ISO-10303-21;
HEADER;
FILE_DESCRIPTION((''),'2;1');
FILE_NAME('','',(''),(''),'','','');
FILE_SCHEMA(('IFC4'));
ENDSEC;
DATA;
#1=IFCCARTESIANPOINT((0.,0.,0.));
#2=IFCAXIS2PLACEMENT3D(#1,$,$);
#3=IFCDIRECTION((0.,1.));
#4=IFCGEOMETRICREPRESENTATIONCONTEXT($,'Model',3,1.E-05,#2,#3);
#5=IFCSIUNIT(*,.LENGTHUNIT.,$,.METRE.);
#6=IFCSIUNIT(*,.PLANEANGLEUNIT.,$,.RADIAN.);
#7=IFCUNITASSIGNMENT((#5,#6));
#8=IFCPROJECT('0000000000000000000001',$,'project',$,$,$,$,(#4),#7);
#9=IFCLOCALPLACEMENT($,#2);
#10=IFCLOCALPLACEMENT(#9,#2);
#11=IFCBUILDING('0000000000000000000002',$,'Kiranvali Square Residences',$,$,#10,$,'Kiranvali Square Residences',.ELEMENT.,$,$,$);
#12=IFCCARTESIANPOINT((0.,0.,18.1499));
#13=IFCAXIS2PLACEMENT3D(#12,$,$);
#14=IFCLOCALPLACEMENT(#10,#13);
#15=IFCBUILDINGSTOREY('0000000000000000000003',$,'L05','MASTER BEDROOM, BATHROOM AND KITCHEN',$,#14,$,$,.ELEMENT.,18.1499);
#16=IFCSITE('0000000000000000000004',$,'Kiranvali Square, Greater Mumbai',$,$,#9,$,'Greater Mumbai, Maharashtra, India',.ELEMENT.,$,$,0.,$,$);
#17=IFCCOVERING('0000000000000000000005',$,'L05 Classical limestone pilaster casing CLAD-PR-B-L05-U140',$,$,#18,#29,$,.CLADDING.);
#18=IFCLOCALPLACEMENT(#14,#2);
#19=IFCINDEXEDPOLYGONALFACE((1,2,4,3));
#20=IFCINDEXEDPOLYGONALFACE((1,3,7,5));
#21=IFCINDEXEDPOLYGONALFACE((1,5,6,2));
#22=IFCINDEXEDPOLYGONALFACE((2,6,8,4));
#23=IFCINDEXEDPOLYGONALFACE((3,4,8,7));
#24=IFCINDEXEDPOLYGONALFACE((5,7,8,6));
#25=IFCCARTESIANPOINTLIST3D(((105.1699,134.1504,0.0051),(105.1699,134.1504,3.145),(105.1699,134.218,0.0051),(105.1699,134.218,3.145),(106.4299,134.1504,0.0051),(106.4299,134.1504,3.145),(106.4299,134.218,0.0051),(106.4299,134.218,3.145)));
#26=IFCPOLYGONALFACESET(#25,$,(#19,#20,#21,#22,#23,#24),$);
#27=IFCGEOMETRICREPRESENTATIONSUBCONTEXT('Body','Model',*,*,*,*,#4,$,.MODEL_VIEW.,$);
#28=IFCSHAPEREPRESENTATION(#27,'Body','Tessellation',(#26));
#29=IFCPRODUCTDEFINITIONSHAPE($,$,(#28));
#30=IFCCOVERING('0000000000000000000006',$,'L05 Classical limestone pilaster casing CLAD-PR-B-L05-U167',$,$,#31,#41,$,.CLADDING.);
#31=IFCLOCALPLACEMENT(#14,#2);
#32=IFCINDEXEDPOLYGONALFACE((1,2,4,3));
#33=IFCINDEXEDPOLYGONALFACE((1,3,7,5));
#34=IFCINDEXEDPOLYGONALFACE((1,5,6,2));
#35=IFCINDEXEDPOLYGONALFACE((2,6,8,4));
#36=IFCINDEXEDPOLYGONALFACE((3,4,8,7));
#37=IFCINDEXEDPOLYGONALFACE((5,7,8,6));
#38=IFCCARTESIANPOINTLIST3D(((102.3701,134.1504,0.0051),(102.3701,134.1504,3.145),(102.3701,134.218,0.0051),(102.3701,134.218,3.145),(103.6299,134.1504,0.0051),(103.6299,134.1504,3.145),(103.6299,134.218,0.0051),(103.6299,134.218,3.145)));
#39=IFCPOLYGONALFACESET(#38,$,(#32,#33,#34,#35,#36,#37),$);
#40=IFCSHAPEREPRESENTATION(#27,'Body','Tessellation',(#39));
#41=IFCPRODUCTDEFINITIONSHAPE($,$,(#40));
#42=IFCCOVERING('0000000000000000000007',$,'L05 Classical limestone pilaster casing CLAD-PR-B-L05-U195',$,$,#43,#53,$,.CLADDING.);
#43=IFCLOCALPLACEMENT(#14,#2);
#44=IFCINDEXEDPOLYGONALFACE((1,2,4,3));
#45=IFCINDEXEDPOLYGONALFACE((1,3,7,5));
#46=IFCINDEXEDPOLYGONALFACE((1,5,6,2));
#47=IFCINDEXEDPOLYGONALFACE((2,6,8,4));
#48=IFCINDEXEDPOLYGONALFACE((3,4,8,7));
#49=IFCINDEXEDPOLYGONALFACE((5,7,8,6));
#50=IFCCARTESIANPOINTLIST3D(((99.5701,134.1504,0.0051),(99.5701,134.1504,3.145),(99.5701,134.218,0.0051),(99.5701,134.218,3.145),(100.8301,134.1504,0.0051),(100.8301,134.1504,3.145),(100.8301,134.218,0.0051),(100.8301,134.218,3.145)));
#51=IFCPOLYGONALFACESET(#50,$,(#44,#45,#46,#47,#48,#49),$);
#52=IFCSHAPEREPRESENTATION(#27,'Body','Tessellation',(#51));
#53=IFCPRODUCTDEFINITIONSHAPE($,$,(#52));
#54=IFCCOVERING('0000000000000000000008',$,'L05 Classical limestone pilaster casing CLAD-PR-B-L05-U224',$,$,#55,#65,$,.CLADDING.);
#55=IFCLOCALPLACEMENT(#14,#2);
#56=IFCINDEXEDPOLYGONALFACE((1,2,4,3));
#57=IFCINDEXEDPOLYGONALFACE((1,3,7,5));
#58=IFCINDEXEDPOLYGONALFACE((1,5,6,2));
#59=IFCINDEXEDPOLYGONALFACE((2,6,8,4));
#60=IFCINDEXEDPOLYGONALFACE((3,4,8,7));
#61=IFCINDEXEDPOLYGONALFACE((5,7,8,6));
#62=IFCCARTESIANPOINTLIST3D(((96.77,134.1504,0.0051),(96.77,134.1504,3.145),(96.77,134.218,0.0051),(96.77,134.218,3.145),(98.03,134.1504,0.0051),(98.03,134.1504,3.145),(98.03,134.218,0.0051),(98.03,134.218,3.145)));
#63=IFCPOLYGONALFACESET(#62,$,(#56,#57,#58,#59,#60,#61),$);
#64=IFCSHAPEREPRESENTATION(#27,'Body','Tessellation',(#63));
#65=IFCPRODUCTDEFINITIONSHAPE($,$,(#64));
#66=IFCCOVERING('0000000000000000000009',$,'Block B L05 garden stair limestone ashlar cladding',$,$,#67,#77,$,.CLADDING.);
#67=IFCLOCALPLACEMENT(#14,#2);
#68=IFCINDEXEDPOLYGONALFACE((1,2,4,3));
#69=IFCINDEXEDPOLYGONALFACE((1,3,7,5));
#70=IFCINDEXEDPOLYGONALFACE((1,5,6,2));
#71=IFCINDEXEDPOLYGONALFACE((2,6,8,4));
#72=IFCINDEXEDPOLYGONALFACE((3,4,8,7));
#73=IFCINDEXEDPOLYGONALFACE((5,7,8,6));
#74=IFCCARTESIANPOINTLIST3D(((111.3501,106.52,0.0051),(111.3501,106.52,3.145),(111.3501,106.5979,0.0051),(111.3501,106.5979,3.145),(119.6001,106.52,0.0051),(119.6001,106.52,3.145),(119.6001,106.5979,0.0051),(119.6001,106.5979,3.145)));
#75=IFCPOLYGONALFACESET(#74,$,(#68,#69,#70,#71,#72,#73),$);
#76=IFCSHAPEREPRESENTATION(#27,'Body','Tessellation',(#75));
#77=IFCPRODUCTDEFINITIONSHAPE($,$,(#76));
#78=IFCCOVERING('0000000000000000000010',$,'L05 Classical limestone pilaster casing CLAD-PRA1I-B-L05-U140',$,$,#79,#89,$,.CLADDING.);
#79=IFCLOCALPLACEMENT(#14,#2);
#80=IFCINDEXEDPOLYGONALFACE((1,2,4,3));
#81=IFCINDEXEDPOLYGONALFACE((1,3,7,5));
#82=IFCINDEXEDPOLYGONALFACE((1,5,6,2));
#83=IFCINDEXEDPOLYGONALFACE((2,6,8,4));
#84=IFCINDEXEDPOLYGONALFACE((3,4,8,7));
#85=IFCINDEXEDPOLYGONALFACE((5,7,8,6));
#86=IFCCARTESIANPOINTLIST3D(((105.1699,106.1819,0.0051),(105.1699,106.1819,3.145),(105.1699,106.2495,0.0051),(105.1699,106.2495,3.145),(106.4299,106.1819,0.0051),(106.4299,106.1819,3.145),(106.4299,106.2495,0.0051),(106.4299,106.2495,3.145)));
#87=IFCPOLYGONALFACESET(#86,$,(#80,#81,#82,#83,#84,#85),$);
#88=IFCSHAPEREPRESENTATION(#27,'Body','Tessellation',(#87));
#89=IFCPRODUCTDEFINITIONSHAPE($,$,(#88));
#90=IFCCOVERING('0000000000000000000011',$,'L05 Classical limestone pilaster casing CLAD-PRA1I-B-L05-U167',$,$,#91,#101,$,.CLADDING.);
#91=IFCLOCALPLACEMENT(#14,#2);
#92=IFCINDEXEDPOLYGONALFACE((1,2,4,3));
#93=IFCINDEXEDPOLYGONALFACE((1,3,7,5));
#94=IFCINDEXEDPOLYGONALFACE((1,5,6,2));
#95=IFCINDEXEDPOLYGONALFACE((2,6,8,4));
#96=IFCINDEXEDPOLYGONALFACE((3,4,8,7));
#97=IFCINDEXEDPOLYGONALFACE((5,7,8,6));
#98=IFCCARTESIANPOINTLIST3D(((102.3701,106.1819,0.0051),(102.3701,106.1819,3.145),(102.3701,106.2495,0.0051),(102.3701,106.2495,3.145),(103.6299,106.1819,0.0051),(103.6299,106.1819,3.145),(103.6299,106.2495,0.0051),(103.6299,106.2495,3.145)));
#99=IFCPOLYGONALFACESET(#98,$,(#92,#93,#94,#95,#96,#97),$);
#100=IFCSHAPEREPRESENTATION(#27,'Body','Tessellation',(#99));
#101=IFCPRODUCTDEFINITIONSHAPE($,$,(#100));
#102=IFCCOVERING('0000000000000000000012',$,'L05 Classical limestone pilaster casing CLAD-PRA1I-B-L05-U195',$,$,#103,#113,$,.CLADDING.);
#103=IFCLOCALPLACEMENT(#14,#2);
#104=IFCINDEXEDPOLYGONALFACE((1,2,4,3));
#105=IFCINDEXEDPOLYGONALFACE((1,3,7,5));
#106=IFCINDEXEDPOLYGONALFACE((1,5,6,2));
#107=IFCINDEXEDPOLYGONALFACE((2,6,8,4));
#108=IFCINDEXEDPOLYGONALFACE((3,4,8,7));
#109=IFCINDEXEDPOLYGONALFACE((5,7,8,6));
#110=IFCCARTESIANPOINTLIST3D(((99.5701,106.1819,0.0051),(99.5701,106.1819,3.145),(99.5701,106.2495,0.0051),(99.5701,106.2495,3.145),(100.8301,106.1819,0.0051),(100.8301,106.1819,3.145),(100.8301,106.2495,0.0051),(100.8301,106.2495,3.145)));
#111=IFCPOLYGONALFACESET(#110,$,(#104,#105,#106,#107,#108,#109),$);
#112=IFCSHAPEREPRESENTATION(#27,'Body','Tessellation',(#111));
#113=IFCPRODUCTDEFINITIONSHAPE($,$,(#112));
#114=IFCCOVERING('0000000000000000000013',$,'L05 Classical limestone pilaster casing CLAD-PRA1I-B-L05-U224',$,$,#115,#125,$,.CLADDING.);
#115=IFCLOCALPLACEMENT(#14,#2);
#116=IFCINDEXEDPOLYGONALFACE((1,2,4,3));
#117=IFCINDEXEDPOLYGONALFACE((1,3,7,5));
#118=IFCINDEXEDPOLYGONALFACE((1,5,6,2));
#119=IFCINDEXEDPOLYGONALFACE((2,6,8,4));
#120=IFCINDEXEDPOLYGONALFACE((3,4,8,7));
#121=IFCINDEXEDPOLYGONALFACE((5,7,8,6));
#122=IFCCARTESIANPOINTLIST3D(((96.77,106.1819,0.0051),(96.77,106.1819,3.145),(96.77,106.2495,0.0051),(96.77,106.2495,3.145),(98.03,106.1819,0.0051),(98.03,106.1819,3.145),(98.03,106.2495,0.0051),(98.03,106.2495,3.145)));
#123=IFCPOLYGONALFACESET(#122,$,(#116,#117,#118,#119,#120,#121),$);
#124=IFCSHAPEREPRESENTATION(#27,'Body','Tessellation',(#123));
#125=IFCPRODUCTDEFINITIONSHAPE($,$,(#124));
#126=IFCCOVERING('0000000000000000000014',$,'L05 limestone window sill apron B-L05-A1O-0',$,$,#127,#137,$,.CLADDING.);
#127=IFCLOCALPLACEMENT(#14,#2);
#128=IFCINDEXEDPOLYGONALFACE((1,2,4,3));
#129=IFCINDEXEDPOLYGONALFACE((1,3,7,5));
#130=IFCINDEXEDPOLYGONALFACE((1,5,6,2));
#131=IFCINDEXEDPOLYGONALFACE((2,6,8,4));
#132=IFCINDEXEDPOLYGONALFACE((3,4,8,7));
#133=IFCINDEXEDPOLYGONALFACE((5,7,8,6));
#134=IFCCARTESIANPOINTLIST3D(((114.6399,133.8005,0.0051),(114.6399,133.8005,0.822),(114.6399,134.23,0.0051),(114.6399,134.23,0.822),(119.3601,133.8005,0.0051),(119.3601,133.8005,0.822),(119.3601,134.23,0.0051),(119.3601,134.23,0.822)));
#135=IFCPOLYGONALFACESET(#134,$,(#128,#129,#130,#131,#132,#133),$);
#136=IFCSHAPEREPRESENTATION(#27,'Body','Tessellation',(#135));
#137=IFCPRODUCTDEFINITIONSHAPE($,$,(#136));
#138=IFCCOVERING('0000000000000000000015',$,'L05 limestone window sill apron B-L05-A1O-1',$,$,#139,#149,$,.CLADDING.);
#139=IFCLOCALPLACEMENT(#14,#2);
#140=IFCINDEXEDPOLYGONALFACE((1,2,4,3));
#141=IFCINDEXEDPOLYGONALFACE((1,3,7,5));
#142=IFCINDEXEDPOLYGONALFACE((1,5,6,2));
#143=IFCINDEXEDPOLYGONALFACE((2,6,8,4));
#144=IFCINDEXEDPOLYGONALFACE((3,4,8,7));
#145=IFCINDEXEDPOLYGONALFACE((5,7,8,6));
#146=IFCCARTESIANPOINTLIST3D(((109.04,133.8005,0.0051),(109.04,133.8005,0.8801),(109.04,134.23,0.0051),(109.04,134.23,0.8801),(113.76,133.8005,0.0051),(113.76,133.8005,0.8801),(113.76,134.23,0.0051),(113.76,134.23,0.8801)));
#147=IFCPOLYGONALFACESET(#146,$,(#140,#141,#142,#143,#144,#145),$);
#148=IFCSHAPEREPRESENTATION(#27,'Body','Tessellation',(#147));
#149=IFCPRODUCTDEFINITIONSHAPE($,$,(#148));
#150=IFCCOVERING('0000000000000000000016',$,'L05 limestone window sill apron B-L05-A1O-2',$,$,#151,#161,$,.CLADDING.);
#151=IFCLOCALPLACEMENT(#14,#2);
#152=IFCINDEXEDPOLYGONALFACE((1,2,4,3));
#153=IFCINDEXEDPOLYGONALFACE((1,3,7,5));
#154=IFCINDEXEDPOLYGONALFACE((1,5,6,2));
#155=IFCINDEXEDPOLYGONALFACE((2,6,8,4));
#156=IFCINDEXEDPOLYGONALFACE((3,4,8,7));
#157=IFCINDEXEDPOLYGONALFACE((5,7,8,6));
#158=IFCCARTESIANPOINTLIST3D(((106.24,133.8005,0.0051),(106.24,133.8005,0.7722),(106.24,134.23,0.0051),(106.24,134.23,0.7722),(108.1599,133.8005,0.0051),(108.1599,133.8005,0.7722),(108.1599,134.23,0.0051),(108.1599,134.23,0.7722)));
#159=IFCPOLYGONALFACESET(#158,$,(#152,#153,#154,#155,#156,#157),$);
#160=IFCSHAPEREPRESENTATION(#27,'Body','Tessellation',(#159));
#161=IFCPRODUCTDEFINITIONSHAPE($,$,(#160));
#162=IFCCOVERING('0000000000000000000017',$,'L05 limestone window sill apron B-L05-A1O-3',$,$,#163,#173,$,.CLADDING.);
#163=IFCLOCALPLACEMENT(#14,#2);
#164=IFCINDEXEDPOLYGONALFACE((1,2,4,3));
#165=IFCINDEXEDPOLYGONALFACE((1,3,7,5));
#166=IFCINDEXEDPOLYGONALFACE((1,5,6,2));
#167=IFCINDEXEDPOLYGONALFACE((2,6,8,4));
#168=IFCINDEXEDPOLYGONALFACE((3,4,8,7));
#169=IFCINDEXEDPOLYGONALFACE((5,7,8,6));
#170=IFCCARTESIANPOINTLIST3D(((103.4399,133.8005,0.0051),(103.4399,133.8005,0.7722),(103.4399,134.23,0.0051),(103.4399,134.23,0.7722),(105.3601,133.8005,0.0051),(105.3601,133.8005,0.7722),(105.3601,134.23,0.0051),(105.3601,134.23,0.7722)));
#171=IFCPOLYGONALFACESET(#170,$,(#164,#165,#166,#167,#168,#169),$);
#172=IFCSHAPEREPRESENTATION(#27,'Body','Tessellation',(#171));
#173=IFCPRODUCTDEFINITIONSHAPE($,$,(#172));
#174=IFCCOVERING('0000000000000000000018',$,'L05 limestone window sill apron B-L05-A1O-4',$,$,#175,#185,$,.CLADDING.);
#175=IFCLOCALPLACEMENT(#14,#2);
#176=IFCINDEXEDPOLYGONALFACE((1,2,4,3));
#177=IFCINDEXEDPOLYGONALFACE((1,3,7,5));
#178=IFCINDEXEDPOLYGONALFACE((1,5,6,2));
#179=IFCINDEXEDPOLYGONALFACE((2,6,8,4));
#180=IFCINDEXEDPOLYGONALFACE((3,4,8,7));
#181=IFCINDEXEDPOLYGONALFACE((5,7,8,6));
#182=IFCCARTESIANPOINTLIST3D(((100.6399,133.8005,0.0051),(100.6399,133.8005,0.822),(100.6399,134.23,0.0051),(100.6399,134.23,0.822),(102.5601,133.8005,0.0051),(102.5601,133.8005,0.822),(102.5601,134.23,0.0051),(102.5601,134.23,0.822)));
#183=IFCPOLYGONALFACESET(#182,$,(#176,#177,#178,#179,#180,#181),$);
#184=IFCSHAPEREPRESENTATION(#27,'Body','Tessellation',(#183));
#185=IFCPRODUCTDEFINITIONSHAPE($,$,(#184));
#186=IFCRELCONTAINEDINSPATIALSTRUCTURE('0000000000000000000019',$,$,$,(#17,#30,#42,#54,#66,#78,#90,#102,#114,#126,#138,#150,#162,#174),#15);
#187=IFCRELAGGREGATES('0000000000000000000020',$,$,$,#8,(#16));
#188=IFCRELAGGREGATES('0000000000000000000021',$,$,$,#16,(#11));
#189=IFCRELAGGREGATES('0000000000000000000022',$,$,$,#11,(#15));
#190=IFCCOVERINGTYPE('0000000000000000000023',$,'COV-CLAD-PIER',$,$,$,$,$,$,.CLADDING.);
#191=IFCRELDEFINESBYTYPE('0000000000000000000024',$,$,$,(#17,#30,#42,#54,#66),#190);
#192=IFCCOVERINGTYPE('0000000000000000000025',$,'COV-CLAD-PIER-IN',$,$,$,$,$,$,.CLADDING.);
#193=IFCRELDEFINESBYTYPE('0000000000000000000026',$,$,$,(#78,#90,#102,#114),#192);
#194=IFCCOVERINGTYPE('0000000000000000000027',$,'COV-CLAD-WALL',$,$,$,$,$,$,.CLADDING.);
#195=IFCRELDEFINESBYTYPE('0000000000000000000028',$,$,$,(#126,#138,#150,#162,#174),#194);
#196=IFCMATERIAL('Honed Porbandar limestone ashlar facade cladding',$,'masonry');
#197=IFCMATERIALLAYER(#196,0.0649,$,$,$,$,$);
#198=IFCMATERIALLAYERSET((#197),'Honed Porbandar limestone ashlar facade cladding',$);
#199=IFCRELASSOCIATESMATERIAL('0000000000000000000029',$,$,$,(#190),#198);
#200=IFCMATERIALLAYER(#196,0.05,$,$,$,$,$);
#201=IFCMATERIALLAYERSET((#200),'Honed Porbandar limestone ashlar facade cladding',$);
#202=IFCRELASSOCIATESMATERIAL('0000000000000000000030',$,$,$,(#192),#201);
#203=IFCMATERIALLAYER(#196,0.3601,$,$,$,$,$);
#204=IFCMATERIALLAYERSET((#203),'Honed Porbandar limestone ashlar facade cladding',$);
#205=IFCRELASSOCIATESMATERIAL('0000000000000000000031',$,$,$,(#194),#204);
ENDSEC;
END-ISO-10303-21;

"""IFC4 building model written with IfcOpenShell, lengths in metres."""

from ifc_helpers import new_model, si_unit, direction, frame, origin, place, context, subcontext, project, spatial, polyline, outline, extrude, material, layer, layer_set, type_object, element, save


model = new_model("IFC4")

# Units and contexts
model_context = context("Model", 3, precision=1e-05, world=origin(), true_north=direction((0.0, 1.0)))
body_context = subcontext(model_context, "Body", "Model", "MODEL_VIEW")
ifc_project = project(units=[si_unit("LENGTHUNIT", "METRE"), si_unit("PLANEANGLEUNIT", "RADIAN")], contexts=[model_context])

# Site, building, storey
site_placement = place(None, origin())
site = spatial("IfcSite", under=ifc_project, at=site_placement, Name="Kiranvali Square, Greater Mumbai", LongName="Greater Mumbai, Maharashtra, India", CompositionType="ELEMENT", RefElevation=0.0)
building_placement = place(site_placement, origin())
building = spatial("IfcBuilding", under=site, at=building_placement, Name="Kiranvali Square Residences", LongName="Kiranvali Square Residences", CompositionType="ELEMENT")
storey_placement = place(building_placement, frame((0.0, 0.0, 18.1499)))
storey = spatial("IfcBuildingStorey", under=building, at=storey_placement, Name="L05", Description="MASTER BEDROOM, BATHROOM AND KITCHEN", CompositionType="ELEMENT", Elevation=18.1499)

# Coverings
ifc_material = material(Name="Honed Porbandar limestone ashlar facade cladding", Category="masonry")
ifc_layer_1 = layer(ifc_material, 0.0649)
ifc_layer_set_1 = layer_set([ifc_layer_1], Name="Honed Porbandar limestone ashlar facade cladding")
covering_type_1 = type_object("IfcCoveringType", Name="COV-CLAD-PIER", PredefinedType="CLADDING", material=ifc_layer_set_1)
covering_1_placement = place(storey_placement, frame((0.0, 0.0, 0.0051)))
element("IfcCovering", 1, at=covering_1_placement, inside=storey, type_object=covering_type_1, Name="L05 Classical limestone pilaster casing CLAD-PR-B-L05-U140", PredefinedType="CLADDING", context=body_context, shape_type="SweptSolid", body=[
    extrude(outline(polyline([(106.4299, 134.218), (105.1699, 134.218), (105.1699, 134.1504), (106.4299, 134.1504), (106.4299, 134.218)])), origin(), (0.0, 0.0, 1.0), 3.1399),
])
covering_2_placement = place(storey_placement, frame((0.0, 0.0, 0.0051)))
element("IfcCovering", 2, at=covering_2_placement, inside=storey, type_object=covering_type_1, Name="L05 Classical limestone pilaster casing CLAD-PR-B-L05-U167", PredefinedType="CLADDING", context=body_context, shape_type="SweptSolid", body=[
    extrude(outline(polyline([(103.6299, 134.218), (102.3701, 134.218), (102.3701, 134.1504), (103.6299, 134.1504), (103.6299, 134.218)])), origin(), (0.0, 0.0, 1.0), 3.1399),
])
covering_3_placement = place(storey_placement, frame((0.0, 0.0, 0.0051)))
element("IfcCovering", 3, at=covering_3_placement, inside=storey, type_object=covering_type_1, Name="L05 Classical limestone pilaster casing CLAD-PR-B-L05-U195", PredefinedType="CLADDING", context=body_context, shape_type="SweptSolid", body=[
    extrude(outline(polyline([(100.8301, 134.218), (99.5701, 134.218), (99.5701, 134.1504), (100.8301, 134.1504), (100.8301, 134.218)])), origin(), (0.0, 0.0, 1.0), 3.1399),
])
covering_4_placement = place(storey_placement, frame((0.0, 0.0, 0.0051)))
element("IfcCovering", 4, at=covering_4_placement, inside=storey, type_object=covering_type_1, Name="L05 Classical limestone pilaster casing CLAD-PR-B-L05-U224", PredefinedType="CLADDING", context=body_context, shape_type="SweptSolid", body=[
    extrude(outline(polyline([(98.03, 134.218), (96.77, 134.218), (96.77, 134.1504), (98.03, 134.1504), (98.03, 134.218)])), origin(), (0.0, 0.0, 1.0), 3.1399),
])
covering_5_placement = place(storey_placement, frame((0.0, 0.0, 0.0051)))
element("IfcCovering", 5, at=covering_5_placement, inside=storey, type_object=covering_type_1, Name="Block B L05 garden stair limestone ashlar cladding", PredefinedType="CLADDING", context=body_context, shape_type="SweptSolid", body=[
    extrude(outline(polyline([(119.6001, 106.5979), (111.3501, 106.5979), (111.3501, 106.52), (119.6001, 106.52), (119.6001, 106.5979)])), origin(), (0.0, 0.0, 1.0), 3.1399),
])
ifc_layer_2 = layer(ifc_material, 0.05)
ifc_layer_set_2 = layer_set([ifc_layer_2], Name="Honed Porbandar limestone ashlar facade cladding")
covering_type_2 = type_object("IfcCoveringType", Name="COV-CLAD-PIER-IN", PredefinedType="CLADDING", material=ifc_layer_set_2)
covering_6_placement = place(storey_placement, frame((0.0, 0.0, 0.0051)))
element("IfcCovering", 6, at=covering_6_placement, inside=storey, type_object=covering_type_2, Name="L05 Classical limestone pilaster casing CLAD-PRA1I-B-L05-U140", PredefinedType="CLADDING", context=body_context, shape_type="SweptSolid", body=[
    extrude(outline(polyline([(106.4299, 106.2495), (105.1699, 106.2495), (105.1699, 106.1819), (106.4299, 106.1819), (106.4299, 106.2495)])), origin(), (0.0, 0.0, 1.0), 3.1399),
])
covering_7_placement = place(storey_placement, frame((0.0, 0.0, 0.0051)))
element("IfcCovering", 7, at=covering_7_placement, inside=storey, type_object=covering_type_2, Name="L05 Classical limestone pilaster casing CLAD-PRA1I-B-L05-U167", PredefinedType="CLADDING", context=body_context, shape_type="SweptSolid", body=[
    extrude(outline(polyline([(103.6299, 106.2495), (102.3701, 106.2495), (102.3701, 106.1819), (103.6299, 106.1819), (103.6299, 106.2495)])), origin(), (0.0, 0.0, 1.0), 3.1399),
])
covering_8_placement = place(storey_placement, frame((0.0, 0.0, 0.0051)))
element("IfcCovering", 8, at=covering_8_placement, inside=storey, type_object=covering_type_2, Name="L05 Classical limestone pilaster casing CLAD-PRA1I-B-L05-U195", PredefinedType="CLADDING", context=body_context, shape_type="SweptSolid", body=[
    extrude(outline(polyline([(100.8301, 106.2495), (99.5701, 106.2495), (99.5701, 106.1819), (100.8301, 106.1819), (100.8301, 106.2495)])), origin(), (0.0, 0.0, 1.0), 3.1399),
])
covering_9_placement = place(storey_placement, frame((0.0, 0.0, 0.0051)))
element("IfcCovering", 9, at=covering_9_placement, inside=storey, type_object=covering_type_2, Name="L05 Classical limestone pilaster casing CLAD-PRA1I-B-L05-U224", PredefinedType="CLADDING", context=body_context, shape_type="SweptSolid", body=[
    extrude(outline(polyline([(98.03, 106.2495), (96.77, 106.2495), (96.77, 106.1819), (98.03, 106.1819), (98.03, 106.2495)])), origin(), (0.0, 0.0, 1.0), 3.1399),
])
ifc_layer_3 = layer(ifc_material, 0.3601)
ifc_layer_set_3 = layer_set([ifc_layer_3], Name="Honed Porbandar limestone ashlar facade cladding")
covering_type_3 = type_object("IfcCoveringType", Name="COV-CLAD-WALL", PredefinedType="CLADDING", material=ifc_layer_set_3)
covering_10_placement = place(storey_placement, frame((0.0, 0.0, 0.0051)))
element("IfcCovering", 10, at=covering_10_placement, inside=storey, type_object=covering_type_3, Name="L05 limestone window sill apron B-L05-A1O-0", PredefinedType="CLADDING", context=body_context, shape_type="SweptSolid", body=[
    extrude(outline(polyline([(119.3601, 134.23), (114.6399, 134.23), (114.6399, 133.8005), (119.3601, 133.8005), (119.3601, 134.23)])), origin(), (0.0, 0.0, 1.0), 0.8169),
])
covering_11_placement = place(storey_placement, frame((0.0, 0.0, 0.0051)))
element("IfcCovering", 11, at=covering_11_placement, inside=storey, type_object=covering_type_3, Name="L05 limestone window sill apron B-L05-A1O-1", PredefinedType="CLADDING", context=body_context, shape_type="SweptSolid", body=[
    extrude(outline(polyline([(113.76, 134.23), (109.04, 134.23), (109.04, 133.8005), (113.76, 133.8005), (113.76, 134.23)])), origin(), (0.0, 0.0, 1.0), 0.875),
])
covering_12_placement = place(storey_placement, frame((0.0, 0.0, 0.0051)))
element("IfcCovering", 12, at=covering_12_placement, inside=storey, type_object=covering_type_3, Name="L05 limestone window sill apron B-L05-A1O-2", PredefinedType="CLADDING", context=body_context, shape_type="SweptSolid", body=[
    extrude(outline(polyline([(108.1599, 134.23), (106.24, 134.23), (106.24, 133.8005), (108.1599, 133.8005), (108.1599, 134.23)])), origin(), (0.0, 0.0, 1.0), 0.7671),
])
covering_13_placement = place(storey_placement, frame((0.0, 0.0, 0.0051)))
element("IfcCovering", 13, at=covering_13_placement, inside=storey, type_object=covering_type_3, Name="L05 limestone window sill apron B-L05-A1O-3", PredefinedType="CLADDING", context=body_context, shape_type="SweptSolid", body=[
    extrude(outline(polyline([(105.3601, 134.23), (103.4399, 134.23), (103.4399, 133.8005), (105.3601, 133.8005), (105.3601, 134.23)])), origin(), (0.0, 0.0, 1.0), 0.7671),
])
covering_14_placement = place(storey_placement, frame((0.0, 0.0, 0.0051)))
element("IfcCovering", 14, at=covering_14_placement, inside=storey, type_object=covering_type_3, Name="L05 limestone window sill apron B-L05-A1O-4", PredefinedType="CLADDING", context=body_context, shape_type="SweptSolid", body=[
    extrude(outline(polyline([(102.5601, 134.23), (100.6399, 134.23), (100.6399, 133.8005), (102.5601, 133.8005), (102.5601, 134.23)])), origin(), (0.0, 0.0, 1.0), 0.8169),
])

save(model, "model.ifc")
